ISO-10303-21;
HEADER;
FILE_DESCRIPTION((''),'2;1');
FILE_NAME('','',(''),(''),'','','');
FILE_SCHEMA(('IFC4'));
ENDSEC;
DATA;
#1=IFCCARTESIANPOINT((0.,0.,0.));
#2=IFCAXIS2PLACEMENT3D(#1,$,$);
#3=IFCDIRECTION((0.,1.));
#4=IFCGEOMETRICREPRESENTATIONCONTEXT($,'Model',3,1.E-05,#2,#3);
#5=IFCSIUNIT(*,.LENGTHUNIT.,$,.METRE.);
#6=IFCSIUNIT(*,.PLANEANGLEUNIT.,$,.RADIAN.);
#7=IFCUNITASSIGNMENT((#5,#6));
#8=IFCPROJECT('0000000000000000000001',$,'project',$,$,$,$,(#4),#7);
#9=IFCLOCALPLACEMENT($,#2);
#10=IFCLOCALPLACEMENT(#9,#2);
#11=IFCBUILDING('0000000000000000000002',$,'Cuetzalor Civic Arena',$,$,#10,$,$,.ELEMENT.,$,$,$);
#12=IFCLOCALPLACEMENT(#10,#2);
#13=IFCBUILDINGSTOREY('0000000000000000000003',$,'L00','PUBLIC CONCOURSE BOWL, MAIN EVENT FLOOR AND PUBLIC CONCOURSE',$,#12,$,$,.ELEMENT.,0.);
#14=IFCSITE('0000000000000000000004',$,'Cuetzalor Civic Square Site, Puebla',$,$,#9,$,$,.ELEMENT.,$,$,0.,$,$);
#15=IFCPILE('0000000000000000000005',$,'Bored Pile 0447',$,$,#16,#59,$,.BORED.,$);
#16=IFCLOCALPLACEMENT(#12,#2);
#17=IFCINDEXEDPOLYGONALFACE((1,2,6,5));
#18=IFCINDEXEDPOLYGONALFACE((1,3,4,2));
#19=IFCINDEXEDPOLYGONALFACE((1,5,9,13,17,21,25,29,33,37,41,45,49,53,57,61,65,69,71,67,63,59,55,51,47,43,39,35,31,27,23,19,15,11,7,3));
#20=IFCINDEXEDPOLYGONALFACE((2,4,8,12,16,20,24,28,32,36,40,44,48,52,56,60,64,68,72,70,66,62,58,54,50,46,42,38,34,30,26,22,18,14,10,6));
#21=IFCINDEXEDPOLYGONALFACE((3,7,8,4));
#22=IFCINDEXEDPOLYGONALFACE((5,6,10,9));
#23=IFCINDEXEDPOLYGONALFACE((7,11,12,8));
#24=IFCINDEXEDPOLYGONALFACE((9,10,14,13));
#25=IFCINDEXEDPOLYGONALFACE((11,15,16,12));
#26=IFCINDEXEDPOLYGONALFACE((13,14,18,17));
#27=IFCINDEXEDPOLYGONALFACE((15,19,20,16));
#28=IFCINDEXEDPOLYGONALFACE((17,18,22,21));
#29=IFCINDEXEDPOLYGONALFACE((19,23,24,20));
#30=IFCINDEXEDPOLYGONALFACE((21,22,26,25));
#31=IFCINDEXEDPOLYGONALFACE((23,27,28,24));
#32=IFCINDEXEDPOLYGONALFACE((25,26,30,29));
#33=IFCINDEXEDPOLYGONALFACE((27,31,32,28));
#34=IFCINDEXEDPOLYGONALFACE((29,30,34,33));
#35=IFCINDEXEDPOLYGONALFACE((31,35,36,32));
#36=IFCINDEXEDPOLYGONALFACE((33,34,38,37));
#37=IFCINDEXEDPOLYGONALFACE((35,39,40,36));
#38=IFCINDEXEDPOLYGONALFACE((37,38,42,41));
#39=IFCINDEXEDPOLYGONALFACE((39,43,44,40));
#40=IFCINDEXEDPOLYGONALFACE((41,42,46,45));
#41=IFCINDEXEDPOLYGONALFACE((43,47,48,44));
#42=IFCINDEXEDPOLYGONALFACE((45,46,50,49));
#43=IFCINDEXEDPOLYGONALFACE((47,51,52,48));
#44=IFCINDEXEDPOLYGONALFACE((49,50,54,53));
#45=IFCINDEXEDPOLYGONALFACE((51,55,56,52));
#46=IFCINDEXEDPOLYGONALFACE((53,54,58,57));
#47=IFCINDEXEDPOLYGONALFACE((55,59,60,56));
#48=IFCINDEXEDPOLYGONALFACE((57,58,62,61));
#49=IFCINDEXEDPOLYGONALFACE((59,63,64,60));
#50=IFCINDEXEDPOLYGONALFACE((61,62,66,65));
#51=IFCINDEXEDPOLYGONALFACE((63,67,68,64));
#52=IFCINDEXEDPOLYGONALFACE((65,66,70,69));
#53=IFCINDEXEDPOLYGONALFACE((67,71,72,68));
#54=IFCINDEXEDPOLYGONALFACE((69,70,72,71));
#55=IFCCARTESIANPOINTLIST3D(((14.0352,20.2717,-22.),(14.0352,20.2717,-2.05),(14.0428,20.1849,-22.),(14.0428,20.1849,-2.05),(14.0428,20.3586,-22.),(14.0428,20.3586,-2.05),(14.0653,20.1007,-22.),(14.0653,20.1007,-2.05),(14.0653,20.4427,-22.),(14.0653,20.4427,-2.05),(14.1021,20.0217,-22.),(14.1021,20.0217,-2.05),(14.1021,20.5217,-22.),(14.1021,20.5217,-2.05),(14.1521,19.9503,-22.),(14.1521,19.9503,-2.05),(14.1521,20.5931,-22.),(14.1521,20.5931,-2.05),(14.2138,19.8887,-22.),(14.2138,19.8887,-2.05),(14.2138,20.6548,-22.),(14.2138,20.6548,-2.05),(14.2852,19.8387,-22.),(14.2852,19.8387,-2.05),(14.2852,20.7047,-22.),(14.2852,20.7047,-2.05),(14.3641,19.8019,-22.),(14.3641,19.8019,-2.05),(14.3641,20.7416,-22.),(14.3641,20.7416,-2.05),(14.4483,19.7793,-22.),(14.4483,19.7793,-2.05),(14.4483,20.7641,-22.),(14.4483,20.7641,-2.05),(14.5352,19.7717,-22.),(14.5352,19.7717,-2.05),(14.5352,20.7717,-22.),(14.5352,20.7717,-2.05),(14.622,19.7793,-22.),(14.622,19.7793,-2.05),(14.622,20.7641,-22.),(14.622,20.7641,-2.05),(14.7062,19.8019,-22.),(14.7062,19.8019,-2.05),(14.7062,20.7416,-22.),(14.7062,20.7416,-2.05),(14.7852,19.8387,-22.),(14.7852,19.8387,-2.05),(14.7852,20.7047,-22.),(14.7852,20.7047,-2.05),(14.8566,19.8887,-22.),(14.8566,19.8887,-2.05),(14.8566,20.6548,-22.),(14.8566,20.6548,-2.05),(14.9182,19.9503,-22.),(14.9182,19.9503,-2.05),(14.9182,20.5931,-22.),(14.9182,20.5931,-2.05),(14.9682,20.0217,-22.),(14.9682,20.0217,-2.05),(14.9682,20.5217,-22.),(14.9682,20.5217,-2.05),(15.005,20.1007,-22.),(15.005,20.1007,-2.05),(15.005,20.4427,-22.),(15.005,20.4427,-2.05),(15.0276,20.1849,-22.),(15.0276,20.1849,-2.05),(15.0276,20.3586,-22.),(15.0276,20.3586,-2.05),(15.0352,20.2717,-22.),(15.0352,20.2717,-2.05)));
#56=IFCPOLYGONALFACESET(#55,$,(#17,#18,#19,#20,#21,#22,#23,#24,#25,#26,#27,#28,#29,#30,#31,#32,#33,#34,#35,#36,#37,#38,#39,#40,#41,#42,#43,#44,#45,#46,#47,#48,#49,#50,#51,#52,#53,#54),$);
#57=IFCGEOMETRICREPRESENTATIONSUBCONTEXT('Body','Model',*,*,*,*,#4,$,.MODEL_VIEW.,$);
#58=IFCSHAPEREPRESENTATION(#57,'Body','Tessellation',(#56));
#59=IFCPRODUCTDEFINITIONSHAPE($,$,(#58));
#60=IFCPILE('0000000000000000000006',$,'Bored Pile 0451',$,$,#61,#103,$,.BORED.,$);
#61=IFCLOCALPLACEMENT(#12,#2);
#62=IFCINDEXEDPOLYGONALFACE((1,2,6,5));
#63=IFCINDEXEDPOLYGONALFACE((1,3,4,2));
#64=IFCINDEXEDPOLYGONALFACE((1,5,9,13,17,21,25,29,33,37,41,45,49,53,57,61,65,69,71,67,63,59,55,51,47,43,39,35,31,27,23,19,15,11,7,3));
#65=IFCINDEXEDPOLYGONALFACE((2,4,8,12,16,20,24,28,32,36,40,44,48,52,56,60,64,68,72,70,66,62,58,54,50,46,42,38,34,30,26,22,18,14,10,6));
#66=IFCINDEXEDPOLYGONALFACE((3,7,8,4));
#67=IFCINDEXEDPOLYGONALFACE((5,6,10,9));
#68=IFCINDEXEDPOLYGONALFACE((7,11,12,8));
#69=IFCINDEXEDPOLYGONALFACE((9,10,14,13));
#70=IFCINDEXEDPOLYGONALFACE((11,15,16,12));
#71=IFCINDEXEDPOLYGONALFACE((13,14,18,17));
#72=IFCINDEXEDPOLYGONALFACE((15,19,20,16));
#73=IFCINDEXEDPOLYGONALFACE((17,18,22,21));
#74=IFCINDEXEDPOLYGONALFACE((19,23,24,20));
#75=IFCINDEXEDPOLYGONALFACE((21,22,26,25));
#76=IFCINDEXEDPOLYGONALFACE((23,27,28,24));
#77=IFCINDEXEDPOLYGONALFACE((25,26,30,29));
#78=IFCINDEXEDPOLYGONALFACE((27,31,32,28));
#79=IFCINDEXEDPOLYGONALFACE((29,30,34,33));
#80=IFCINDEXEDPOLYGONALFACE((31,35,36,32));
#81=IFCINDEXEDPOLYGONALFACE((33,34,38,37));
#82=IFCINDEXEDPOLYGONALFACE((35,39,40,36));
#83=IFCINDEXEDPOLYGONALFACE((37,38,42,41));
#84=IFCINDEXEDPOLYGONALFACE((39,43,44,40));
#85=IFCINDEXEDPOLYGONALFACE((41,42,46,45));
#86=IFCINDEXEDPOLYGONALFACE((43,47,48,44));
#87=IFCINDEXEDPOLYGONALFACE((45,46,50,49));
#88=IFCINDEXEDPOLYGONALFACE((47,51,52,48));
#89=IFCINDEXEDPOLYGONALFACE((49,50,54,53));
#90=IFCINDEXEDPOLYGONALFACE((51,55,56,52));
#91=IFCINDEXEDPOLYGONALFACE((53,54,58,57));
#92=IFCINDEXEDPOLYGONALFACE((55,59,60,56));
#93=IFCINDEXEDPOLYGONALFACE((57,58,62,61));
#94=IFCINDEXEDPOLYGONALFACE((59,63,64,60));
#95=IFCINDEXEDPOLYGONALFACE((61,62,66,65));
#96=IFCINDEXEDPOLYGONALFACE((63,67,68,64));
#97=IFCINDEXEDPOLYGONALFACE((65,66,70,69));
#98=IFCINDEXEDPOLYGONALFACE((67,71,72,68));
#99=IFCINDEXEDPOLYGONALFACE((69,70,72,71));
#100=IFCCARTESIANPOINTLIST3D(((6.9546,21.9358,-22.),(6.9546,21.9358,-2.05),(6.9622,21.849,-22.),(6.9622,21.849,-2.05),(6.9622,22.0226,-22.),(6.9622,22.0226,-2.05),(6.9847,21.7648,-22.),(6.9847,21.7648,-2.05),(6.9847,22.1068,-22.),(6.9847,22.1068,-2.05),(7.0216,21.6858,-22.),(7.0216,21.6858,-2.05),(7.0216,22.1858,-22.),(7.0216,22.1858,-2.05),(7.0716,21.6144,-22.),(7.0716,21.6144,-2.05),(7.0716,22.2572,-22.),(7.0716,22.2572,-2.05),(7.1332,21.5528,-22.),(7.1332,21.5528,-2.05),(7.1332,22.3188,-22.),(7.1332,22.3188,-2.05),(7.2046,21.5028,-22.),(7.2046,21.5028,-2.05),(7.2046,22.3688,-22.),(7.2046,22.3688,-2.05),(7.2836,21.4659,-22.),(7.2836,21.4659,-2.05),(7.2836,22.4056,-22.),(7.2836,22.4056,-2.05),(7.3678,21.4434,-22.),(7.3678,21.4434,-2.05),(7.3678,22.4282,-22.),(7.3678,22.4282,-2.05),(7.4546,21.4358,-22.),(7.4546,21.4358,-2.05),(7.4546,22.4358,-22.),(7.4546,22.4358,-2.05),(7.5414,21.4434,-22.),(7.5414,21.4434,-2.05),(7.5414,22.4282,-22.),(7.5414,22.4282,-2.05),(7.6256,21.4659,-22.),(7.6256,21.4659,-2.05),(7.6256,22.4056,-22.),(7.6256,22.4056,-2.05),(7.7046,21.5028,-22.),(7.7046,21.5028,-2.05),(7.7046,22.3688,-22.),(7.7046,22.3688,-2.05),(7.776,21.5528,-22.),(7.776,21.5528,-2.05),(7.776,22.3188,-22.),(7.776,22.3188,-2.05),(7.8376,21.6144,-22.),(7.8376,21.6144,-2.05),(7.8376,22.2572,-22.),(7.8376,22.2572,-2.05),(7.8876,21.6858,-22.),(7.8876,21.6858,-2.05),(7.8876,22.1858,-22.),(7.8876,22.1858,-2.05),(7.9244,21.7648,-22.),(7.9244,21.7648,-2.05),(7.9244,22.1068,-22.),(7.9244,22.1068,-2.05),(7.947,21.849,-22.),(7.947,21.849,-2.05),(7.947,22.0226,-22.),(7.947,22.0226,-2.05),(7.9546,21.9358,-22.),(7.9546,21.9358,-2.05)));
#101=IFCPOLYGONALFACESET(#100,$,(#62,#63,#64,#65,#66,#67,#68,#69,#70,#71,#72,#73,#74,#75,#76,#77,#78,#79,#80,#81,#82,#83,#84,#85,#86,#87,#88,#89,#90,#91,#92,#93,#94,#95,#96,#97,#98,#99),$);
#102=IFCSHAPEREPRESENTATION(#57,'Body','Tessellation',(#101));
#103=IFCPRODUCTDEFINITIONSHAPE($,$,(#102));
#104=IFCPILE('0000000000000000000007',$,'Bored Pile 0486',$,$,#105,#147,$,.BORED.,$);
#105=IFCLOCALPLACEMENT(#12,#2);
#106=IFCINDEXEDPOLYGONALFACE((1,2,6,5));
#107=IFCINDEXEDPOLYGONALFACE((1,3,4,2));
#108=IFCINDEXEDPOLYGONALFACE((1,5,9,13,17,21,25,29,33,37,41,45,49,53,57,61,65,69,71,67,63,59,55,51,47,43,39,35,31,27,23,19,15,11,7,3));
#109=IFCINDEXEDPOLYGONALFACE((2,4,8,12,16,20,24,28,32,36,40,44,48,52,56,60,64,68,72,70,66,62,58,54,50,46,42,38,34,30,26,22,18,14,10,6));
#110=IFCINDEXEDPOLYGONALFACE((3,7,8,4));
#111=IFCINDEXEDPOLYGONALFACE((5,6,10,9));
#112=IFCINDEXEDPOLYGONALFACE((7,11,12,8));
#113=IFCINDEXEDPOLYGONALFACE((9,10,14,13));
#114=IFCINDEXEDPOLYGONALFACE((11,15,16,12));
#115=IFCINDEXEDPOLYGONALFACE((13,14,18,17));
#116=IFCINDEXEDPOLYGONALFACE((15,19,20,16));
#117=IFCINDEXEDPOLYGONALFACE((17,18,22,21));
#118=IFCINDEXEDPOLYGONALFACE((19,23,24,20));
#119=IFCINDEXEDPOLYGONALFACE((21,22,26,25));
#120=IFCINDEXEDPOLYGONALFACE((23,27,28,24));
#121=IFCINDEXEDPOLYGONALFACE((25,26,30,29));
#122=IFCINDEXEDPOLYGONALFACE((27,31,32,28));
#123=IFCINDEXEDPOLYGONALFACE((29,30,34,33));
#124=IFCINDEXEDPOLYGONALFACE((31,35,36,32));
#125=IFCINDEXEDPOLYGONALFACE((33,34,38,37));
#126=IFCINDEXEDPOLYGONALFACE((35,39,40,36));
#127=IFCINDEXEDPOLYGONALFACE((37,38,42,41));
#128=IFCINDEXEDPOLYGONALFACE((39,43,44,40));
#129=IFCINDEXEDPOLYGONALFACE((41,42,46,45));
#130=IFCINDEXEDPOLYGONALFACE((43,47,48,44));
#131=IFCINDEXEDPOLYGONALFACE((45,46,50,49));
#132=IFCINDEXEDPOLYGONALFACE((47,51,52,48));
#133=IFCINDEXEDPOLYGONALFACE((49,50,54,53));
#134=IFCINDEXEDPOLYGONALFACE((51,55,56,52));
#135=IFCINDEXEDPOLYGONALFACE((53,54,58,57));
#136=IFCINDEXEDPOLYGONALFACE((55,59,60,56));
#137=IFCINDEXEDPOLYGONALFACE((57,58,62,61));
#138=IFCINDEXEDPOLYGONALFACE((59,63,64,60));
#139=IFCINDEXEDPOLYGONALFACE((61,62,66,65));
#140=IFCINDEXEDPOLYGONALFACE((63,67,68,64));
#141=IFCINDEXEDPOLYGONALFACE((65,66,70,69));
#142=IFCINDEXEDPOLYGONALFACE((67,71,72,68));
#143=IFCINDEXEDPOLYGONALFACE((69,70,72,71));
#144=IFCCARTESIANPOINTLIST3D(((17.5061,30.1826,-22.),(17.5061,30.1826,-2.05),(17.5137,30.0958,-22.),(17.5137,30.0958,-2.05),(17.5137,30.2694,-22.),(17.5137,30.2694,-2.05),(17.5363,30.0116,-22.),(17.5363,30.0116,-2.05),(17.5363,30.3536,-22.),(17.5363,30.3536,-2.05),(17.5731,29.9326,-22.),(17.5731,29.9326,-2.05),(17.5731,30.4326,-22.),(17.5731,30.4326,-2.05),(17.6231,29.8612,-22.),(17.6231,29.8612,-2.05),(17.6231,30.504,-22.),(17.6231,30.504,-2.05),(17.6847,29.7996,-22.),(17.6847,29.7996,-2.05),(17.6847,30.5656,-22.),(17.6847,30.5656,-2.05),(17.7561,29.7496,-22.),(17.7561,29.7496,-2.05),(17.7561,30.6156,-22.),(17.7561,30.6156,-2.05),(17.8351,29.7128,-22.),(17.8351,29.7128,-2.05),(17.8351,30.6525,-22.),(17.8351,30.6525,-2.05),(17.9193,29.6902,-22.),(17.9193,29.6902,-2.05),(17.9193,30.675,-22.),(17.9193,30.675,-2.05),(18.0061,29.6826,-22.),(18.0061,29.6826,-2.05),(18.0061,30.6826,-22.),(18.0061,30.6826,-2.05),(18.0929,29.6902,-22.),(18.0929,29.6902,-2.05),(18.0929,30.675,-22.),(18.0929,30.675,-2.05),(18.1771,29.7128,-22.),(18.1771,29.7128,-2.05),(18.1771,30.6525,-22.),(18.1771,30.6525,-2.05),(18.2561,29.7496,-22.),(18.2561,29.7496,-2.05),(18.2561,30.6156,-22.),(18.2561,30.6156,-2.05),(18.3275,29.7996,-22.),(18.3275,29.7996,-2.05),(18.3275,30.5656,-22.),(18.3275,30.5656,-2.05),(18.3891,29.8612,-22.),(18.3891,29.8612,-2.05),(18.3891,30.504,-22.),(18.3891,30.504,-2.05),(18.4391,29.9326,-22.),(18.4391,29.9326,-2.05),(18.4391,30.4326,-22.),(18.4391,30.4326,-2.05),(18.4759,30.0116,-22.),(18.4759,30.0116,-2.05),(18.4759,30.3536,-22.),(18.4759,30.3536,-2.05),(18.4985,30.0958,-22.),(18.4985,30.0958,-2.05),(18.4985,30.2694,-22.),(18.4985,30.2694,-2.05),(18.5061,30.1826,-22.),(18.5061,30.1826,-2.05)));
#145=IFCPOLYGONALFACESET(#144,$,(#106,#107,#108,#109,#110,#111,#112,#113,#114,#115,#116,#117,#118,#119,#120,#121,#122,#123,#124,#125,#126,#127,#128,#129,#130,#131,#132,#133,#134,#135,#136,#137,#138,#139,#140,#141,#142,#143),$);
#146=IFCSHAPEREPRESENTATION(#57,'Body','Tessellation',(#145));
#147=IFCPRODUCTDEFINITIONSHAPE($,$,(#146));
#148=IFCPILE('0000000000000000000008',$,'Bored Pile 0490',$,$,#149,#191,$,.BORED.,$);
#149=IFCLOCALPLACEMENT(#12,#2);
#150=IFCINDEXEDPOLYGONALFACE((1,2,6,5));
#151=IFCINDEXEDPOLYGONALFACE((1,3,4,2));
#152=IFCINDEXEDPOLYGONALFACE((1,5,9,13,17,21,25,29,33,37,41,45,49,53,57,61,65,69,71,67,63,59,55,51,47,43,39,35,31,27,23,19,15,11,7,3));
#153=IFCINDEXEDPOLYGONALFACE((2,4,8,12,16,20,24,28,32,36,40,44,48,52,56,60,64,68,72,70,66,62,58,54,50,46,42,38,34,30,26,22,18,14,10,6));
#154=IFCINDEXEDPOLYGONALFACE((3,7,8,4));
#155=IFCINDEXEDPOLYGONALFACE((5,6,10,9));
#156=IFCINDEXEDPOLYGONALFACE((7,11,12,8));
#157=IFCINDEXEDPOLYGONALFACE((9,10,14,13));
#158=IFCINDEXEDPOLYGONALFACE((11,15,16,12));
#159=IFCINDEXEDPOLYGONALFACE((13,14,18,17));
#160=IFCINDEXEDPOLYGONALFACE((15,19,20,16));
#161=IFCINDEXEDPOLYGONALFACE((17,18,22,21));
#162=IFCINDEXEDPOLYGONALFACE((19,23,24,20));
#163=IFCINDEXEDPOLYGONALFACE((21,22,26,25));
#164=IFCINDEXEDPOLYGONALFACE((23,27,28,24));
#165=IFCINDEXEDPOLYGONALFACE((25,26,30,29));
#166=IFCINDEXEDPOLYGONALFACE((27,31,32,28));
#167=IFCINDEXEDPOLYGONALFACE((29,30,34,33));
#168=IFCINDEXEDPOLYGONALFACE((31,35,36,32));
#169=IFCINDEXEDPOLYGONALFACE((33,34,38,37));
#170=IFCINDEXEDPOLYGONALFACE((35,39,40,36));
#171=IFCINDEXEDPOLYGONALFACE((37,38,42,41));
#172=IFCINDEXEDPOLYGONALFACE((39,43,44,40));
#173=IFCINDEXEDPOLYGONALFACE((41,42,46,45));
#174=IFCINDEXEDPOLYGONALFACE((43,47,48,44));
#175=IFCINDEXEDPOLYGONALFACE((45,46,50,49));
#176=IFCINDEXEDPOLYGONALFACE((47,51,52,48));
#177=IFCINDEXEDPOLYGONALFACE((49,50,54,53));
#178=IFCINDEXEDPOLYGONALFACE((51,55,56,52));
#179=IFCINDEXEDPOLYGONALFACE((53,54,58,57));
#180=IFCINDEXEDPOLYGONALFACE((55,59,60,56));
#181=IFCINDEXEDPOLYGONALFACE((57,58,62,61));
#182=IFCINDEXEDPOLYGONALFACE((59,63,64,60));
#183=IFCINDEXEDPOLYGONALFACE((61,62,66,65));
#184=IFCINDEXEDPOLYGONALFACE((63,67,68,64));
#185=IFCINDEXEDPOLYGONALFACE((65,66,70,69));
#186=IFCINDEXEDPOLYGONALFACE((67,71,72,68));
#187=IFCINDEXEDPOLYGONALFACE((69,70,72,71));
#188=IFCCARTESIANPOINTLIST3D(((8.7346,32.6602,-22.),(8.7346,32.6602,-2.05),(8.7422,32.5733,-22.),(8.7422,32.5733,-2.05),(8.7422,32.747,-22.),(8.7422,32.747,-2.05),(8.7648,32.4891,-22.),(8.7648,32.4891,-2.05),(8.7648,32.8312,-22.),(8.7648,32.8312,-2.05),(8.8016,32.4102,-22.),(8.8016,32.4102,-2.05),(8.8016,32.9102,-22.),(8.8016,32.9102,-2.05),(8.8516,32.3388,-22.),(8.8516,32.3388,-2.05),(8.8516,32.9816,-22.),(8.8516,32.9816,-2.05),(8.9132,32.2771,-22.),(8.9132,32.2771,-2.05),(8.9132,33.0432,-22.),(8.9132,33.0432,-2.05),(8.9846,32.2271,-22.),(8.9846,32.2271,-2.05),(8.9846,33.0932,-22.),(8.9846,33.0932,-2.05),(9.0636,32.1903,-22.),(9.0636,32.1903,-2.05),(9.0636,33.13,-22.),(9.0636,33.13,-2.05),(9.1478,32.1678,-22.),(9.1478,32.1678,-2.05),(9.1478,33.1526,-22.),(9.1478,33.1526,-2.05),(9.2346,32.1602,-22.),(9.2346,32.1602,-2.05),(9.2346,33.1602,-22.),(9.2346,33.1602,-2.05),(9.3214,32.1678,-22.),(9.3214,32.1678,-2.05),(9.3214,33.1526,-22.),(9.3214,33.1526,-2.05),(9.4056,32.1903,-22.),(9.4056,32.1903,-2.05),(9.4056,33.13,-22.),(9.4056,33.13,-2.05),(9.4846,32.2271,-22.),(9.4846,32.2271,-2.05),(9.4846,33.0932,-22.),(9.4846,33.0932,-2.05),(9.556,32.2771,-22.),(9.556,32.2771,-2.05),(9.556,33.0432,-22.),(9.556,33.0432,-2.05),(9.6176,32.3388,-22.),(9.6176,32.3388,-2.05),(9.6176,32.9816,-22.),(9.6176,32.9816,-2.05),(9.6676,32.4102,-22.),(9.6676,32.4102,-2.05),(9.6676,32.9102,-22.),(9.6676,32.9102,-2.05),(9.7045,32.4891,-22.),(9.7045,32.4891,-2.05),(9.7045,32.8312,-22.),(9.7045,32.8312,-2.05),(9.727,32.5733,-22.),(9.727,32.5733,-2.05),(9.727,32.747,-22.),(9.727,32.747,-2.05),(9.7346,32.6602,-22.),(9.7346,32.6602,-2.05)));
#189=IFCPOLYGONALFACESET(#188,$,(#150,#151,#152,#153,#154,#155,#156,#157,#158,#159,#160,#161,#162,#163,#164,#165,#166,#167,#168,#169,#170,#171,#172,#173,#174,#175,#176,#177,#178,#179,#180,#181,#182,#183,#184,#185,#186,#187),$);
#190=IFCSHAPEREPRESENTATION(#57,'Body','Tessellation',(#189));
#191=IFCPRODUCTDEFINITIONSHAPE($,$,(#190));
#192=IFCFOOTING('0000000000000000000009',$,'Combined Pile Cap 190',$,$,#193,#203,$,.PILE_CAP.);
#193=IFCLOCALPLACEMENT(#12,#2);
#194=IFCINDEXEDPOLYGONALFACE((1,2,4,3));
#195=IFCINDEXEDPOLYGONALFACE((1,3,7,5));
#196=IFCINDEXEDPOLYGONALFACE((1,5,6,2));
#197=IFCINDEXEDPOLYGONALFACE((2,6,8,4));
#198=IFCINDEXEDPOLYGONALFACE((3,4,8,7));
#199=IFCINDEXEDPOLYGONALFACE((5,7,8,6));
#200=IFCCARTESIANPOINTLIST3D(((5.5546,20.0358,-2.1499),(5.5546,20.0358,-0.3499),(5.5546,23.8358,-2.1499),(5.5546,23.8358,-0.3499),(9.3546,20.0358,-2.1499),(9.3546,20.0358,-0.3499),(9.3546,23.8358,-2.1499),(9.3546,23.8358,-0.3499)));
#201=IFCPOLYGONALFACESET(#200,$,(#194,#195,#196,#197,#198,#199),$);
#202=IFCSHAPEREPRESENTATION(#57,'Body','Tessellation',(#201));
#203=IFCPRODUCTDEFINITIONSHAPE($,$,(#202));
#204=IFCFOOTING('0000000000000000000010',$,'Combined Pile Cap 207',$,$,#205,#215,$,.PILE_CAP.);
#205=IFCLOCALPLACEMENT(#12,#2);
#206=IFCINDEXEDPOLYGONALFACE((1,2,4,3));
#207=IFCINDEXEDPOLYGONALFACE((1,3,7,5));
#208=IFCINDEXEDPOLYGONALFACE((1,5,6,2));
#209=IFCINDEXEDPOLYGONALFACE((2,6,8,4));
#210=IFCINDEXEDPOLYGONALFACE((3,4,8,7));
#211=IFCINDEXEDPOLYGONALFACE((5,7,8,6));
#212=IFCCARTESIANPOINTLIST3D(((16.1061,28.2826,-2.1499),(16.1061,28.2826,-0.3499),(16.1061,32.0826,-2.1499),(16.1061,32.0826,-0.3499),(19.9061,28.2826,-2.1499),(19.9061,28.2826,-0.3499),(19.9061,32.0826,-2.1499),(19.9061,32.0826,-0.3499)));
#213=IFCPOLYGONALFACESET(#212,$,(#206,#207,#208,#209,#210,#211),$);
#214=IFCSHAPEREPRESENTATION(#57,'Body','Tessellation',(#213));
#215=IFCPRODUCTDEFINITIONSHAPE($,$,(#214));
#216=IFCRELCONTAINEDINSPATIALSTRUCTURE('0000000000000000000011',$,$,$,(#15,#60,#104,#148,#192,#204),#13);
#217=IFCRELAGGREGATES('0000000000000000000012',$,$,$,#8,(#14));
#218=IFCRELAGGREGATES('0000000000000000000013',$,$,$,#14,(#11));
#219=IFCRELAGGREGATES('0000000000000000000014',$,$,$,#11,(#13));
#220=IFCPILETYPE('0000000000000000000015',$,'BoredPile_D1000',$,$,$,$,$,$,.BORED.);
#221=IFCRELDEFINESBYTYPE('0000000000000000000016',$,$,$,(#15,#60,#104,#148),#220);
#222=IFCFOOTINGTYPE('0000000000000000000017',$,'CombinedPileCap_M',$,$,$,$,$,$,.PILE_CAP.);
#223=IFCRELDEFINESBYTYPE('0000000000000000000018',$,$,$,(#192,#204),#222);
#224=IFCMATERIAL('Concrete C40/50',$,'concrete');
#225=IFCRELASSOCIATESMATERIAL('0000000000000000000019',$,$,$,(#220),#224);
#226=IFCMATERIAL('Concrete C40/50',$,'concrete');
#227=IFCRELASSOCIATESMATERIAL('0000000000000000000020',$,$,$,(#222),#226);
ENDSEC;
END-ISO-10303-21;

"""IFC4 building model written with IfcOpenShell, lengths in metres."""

from ifc_helpers import new_model, si_unit, direction, frame, origin, origin_2d, place, context, subcontext, project, spatial, rectangle, circle, extrude, material, material_profile, profile_set, type_object, element, save


model = new_model("IFC4")

# Units and contexts
model_context = context("Model", 3, precision=1e-05, world=origin(), true_north=direction((0.0, 1.0)))
body_context = subcontext(model_context, "Body", "Model", "MODEL_VIEW")
ifc_project = project(units=[si_unit("LENGTHUNIT", "METRE"), si_unit("PLANEANGLEUNIT", "RADIAN")], contexts=[model_context])

# Site, building, storey
site_placement = place(None, origin())
site = spatial("IfcSite", under=ifc_project, at=site_placement, Name="Cuetzalor Civic Square Site, Puebla", CompositionType="ELEMENT", RefElevation=0.0)
building_placement = place(site_placement, origin())
building = spatial("IfcBuilding", under=site, at=building_placement, Name="Cuetzalor Civic Arena", CompositionType="ELEMENT")
storey_placement = place(building_placement, origin())
storey = spatial("IfcBuildingStorey", under=building, at=storey_placement, Name="L00", Description="PUBLIC CONCOURSE BOWL, MAIN EVENT FLOOR AND PUBLIC CONCOURSE", CompositionType="ELEMENT", Elevation=0.0)

# Piles
ifc_material_1 = material(Name="Concrete C40/50", Category="concrete")
ifc_material_profile_1 = material_profile(ifc_material_1, circle(Radius=0.5, at=origin_2d()), Name="BORED PILE D1000")
ifc_profile_set_1 = profile_set([ifc_material_profile_1], Name="Concrete C40/50")
pile_type = type_object("IfcPileType", Name="BoredPile_D1000", PredefinedType="BORED", material=ifc_profile_set_1)
for number, where, z_axis, x_axis, name in (
    (1, (14.5352, 20.2717, -2.05), (0.0, 0.0, -1.0), (1.0, 0.0, 0.0), "Bored Pile 0447"),
    (2, (7.4546, 21.9358, -2.05), (0.0, 0.0, -1.0), (1.0, 0.0, 0.0), "Bored Pile 0451"),
    (3, (18.0061, 30.1826, -2.05), (0.0, 0.0, -1.0), (1.0, 0.0, 0.0), "Bored Pile 0486"),
    (4, (9.2346, 32.6602, -2.05), (0.0, 0.0, -1.0), (1.0, 0.0, 0.0), "Bored Pile 0490"),
):
    element("IfcPile", number, at=place(storey_placement, frame(where, z_axis=z_axis, x_axis=x_axis)), inside=storey, type_object=pile_type, Name=name, PredefinedType="BORED", context=body_context, shape_type="SweptSolid", body=[
        extrude(circle(Radius=0.5, at=origin_2d()), origin(), (0.0, 0.0, 1.0), 19.95),
    ])

# Footings
ifc_material_2 = material(Name="Concrete C40/50", Category="concrete")
footing_type = type_object("IfcFootingType", Name="CombinedPileCap_M", PredefinedType="PILE_CAP", material=ifc_material_2)
for number, where, z_axis, x_axis, name in (
    (5, (7.4546, 21.9358, -2.1499), (0.0, 0.0, 1.0), (1.0, 0.0, 0.0), "Combined Pile Cap 190"),
    (6, (18.0061, 30.1826, -2.1499), (0.0, 0.0, 1.0), (1.0, 0.0, 0.0), "Combined Pile Cap 207"),
):
    element("IfcFooting", number, at=place(storey_placement, frame(where, z_axis=z_axis, x_axis=x_axis)), inside=storey, type_object=footing_type, Name=name, PredefinedType="PILE_CAP", context=body_context, shape_type="SweptSolid", body=[
        extrude(rectangle(XDim=3.8, YDim=3.8, at=origin_2d()), origin(), (0.0, 0.0, 1.0), 1.8),
    ])

save(model, "model.ifc")
